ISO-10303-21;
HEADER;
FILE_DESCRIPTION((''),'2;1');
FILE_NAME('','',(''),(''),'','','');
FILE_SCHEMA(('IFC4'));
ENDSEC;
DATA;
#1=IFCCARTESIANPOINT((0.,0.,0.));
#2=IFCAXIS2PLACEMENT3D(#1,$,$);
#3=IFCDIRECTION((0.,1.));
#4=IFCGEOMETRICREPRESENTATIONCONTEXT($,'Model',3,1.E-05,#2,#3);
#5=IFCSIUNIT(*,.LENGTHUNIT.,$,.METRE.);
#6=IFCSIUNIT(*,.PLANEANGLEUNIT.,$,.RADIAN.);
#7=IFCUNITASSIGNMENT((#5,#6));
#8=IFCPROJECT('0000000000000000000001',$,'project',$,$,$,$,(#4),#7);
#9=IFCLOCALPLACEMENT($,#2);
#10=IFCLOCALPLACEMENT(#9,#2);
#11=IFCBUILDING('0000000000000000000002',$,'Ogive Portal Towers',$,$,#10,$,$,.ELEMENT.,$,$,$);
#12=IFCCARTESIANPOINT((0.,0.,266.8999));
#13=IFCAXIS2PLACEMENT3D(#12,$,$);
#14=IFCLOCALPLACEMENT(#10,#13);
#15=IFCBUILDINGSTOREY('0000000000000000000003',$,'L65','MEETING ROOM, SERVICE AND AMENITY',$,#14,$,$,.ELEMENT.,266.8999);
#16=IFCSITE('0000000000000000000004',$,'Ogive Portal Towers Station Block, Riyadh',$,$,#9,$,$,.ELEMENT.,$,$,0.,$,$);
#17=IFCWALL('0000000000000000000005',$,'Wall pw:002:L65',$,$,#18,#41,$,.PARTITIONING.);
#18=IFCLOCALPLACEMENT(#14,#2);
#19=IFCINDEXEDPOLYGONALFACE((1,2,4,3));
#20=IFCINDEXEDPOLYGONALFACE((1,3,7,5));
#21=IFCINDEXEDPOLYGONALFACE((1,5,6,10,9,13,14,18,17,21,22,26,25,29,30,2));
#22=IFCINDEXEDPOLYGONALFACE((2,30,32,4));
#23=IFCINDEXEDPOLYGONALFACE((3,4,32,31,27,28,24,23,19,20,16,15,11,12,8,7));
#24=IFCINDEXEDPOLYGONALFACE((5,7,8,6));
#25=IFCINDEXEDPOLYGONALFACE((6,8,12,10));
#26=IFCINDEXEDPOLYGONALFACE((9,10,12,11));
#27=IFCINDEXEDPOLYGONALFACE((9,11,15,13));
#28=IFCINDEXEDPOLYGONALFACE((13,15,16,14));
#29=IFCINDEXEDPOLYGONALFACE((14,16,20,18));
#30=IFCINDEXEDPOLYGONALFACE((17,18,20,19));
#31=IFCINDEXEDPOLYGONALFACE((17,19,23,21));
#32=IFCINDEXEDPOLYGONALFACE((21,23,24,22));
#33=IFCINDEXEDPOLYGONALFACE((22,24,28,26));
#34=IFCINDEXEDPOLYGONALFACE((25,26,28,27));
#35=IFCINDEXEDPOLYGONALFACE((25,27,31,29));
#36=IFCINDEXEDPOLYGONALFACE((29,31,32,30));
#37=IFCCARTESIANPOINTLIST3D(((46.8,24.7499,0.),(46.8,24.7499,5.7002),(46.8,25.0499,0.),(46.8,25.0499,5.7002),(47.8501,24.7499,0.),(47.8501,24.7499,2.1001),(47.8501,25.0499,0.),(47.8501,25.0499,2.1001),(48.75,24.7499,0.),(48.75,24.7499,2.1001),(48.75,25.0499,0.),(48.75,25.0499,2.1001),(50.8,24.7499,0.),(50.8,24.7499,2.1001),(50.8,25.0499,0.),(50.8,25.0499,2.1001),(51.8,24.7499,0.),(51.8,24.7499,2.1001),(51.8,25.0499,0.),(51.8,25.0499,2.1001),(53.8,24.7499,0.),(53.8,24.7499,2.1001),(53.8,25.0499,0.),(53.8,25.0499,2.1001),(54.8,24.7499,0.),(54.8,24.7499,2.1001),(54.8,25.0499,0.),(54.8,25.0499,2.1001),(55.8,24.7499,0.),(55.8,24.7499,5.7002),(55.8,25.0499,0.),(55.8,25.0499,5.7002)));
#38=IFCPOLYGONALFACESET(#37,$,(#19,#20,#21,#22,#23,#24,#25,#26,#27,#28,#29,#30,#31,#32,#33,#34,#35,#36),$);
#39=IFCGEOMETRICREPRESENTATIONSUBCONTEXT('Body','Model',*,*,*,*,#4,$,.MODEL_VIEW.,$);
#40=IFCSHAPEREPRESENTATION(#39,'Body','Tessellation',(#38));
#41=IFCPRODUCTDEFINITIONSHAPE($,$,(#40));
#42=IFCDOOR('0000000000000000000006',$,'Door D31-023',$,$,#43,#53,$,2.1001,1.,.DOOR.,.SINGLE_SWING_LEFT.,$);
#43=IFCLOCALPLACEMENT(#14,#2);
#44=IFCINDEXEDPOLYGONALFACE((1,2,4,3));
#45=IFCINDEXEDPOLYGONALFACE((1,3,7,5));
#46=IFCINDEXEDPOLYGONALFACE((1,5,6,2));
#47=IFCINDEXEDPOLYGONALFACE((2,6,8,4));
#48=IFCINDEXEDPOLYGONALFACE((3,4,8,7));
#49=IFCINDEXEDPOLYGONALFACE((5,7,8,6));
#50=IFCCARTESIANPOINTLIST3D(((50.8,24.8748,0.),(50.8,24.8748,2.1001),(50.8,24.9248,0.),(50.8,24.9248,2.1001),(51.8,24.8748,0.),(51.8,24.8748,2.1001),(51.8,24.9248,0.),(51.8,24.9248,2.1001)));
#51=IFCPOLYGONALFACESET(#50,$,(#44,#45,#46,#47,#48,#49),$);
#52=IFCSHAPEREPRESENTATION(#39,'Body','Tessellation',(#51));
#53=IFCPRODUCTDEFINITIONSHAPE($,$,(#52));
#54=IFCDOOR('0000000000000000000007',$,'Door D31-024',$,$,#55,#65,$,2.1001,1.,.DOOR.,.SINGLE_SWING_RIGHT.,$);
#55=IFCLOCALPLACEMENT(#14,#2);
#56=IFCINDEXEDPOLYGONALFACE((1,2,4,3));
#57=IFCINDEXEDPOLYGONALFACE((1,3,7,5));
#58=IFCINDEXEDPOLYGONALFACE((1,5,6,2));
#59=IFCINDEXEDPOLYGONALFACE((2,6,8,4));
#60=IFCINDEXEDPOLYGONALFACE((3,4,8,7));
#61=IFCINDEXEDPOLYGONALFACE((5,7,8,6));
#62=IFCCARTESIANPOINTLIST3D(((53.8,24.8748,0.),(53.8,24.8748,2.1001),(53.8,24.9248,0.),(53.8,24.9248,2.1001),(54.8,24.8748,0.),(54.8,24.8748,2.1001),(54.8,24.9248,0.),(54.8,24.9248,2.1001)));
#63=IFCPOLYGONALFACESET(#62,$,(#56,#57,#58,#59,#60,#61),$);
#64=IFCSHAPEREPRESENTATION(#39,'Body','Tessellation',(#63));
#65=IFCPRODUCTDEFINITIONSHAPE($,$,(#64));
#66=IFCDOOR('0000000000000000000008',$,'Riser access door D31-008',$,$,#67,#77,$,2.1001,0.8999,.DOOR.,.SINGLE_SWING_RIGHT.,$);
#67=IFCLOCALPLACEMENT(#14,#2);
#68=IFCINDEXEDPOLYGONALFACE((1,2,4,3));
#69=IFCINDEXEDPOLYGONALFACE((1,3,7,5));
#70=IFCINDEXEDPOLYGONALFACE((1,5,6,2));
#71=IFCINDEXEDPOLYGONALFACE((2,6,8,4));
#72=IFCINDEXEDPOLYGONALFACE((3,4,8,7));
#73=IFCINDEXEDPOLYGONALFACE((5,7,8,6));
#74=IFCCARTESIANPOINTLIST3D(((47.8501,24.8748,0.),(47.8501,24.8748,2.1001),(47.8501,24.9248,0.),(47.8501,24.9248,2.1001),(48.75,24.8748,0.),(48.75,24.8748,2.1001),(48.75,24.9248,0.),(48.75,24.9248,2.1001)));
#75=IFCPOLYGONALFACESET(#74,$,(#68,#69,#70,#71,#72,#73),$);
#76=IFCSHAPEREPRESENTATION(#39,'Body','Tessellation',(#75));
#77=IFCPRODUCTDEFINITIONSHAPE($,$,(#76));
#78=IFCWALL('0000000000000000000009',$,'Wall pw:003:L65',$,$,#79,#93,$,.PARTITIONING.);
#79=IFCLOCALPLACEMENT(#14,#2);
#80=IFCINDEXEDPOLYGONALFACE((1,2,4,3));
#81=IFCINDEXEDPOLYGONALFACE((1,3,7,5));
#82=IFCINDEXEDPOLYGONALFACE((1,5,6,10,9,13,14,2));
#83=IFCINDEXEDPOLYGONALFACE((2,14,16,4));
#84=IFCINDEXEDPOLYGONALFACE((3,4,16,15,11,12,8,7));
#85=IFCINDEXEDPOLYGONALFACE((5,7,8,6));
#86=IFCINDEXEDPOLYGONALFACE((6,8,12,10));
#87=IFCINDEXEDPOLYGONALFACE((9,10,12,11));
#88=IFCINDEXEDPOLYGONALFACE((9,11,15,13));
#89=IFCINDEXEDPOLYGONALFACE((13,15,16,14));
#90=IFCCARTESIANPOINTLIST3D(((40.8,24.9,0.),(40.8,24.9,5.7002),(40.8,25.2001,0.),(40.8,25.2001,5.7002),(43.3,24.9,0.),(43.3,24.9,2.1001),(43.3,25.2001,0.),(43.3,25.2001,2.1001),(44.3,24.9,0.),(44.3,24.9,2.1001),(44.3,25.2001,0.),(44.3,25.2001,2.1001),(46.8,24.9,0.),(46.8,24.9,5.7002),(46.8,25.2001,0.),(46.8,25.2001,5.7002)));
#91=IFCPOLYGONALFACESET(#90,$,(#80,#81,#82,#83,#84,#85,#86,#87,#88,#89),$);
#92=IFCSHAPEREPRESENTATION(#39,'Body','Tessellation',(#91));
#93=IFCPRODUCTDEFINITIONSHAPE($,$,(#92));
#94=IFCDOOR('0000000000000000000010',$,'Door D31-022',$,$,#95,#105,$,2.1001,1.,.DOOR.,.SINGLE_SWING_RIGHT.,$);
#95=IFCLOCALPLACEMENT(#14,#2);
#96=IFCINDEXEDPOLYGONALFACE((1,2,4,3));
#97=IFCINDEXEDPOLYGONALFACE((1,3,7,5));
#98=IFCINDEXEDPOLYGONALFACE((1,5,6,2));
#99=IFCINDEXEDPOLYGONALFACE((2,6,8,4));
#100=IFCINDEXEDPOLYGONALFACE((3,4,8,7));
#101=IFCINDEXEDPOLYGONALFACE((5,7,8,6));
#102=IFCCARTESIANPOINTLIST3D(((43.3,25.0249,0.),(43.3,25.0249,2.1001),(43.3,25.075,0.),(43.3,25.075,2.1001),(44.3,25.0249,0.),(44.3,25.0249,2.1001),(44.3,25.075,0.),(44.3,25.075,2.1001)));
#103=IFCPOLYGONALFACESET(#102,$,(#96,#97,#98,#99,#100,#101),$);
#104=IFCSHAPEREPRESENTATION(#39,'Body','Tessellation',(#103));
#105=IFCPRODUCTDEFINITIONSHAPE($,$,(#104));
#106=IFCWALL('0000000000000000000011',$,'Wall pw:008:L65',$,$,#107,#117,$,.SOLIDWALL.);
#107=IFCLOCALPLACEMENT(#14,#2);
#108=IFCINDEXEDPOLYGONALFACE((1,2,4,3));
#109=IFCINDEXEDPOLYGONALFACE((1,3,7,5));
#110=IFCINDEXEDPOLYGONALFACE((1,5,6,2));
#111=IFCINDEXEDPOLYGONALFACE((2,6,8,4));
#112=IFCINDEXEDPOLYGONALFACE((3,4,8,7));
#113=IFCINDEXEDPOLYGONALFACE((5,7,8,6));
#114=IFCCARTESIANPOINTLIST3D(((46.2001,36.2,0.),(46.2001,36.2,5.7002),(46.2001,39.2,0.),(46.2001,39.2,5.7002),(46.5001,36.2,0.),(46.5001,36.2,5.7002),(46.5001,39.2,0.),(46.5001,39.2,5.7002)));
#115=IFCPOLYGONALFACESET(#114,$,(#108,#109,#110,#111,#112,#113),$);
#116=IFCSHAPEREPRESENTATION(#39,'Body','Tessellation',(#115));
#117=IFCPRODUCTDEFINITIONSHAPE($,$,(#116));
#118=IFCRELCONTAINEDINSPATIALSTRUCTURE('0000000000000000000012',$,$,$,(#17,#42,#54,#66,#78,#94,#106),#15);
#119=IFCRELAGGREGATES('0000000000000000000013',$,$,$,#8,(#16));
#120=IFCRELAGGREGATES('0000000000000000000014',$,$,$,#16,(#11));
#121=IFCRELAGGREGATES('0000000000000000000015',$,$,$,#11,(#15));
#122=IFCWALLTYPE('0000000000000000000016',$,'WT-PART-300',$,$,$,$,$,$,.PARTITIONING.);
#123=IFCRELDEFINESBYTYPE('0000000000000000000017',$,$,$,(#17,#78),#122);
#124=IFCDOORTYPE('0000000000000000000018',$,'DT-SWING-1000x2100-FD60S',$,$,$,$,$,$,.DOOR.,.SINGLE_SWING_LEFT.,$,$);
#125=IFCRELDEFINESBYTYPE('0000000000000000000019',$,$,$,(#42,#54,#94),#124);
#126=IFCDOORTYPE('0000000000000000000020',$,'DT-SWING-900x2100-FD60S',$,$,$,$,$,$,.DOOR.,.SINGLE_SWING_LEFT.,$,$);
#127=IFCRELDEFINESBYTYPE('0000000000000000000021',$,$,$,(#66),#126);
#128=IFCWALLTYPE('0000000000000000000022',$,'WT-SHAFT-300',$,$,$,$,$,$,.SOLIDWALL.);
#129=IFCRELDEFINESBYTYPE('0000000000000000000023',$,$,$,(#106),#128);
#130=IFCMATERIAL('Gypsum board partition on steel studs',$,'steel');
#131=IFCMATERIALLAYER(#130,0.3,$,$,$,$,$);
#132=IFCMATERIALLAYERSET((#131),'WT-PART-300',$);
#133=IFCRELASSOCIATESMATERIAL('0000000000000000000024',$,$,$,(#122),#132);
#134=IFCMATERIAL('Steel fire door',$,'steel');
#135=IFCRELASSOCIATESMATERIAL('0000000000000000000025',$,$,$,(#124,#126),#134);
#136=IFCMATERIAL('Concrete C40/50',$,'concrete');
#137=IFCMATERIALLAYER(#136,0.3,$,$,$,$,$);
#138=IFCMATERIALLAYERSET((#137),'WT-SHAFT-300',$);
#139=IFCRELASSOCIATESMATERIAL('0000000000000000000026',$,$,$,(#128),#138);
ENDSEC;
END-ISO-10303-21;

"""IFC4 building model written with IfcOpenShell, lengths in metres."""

from ifc_helpers import new_model, si_unit, direction, frame, frame_2d, origin, place, context, subcontext, project, spatial, rectangle, extrude, material, layer, layer_set, type_object, element, fill, save


model = new_model("IFC4")

# Units and contexts
model_context = context("Model", 3, precision=1e-05, world=origin(), true_north=direction((0.0, 1.0)))
body_context = subcontext(model_context, "Body", "Model", "MODEL_VIEW")
ifc_project = project(units=[si_unit("LENGTHUNIT", "METRE"), si_unit("PLANEANGLEUNIT", "RADIAN")], contexts=[model_context])

# Site, building, storey
site_placement = place(None, origin())
site = spatial("IfcSite", under=ifc_project, at=site_placement, Name="Ogive Portal Towers Station Block, Riyadh", CompositionType="ELEMENT", RefElevation=0.0)
building_placement = place(site_placement, origin())
building = spatial("IfcBuilding", under=site, at=building_placement, Name="Ogive Portal Towers", CompositionType="ELEMENT")
storey_placement = place(building_placement, frame((0.0, 0.0, 266.8999)))
storey = spatial("IfcBuildingStorey", under=building, at=storey_placement, Name="L65", Description="MEETING ROOM, SERVICE AND AMENITY", CompositionType="ELEMENT", Elevation=266.8999)

# Shared definitions
ifc_material_1 = material(Name="Steel fire door", Category="steel")

# Wall, openings, doors
ifc_material_2 = material(Name="Gypsum board partition on steel studs", Category="steel")
ifc_layer_1 = layer(ifc_material_2, 0.3)
ifc_layer_set_1 = layer_set([ifc_layer_1], Name="WT-PART-300")
wall_type_1 = type_object("IfcWallType", Name="WT-PART-300", PredefinedType="PARTITIONING", material=ifc_layer_set_1)
wall_1_placement = place(storey_placement, frame((46.8, 24.8999, 0.0), z_axis=(0.0, 0.0, 1.0), x_axis=(1.0, 0.0, 0.0)))
wall_1 = element("IfcWall", 1, at=wall_1_placement, inside=storey, type_object=wall_type_1, Name="Wall pw:002:L65", PredefinedType="PARTITIONING", context=body_context, shape_type="SweptSolid", body=[
    extrude(rectangle(XDim=9.0, YDim=0.3, at=frame_2d((4.5, 0.0))), origin(), (0.0, 0.0, 1.0), 5.7002),
])
opening_1_placement = place(wall_1_placement, frame((1.05, 0.0, 0.0)))
opening_1 = element("IfcOpeningElement", 2, at=opening_1_placement, cuts=wall_1, PredefinedType="OPENING", context=body_context, shape_type="SweptSolid", body=[
    extrude(rectangle(XDim=0.8999, YDim=2.1001, at=frame_2d((0.45, 1.05))), frame((0.0, 0.1602, 0.0), z_axis=(0.0, -1.0, 0.0), x_axis=(1.0, 0.0, 0.0)), (0.0, 0.0, 1.0), 0.3201),
])
opening_2_placement = place(wall_1_placement, frame((4.0, 0.0, 0.0)))
opening_2 = element("IfcOpeningElement", 3, at=opening_2_placement, cuts=wall_1, PredefinedType="OPENING", context=body_context, shape_type="SweptSolid", body=[
    extrude(rectangle(XDim=1.0, YDim=2.1001, at=frame_2d((0.5, 1.05))), frame((0.0, 0.1602, 0.0), z_axis=(0.0, -1.0, 0.0), x_axis=(1.0, 0.0, 0.0)), (0.0, 0.0, 1.0), 0.3201),
])
opening_3_placement = place(wall_1_placement, frame((7.0, 0.0, 0.0)))
opening_3 = element("IfcOpeningElement", 4, at=opening_3_placement, cuts=wall_1, PredefinedType="OPENING", context=body_context, shape_type="SweptSolid", body=[
    extrude(rectangle(XDim=1.0, YDim=2.1001, at=frame_2d((0.5, 1.05))), frame((0.0, 0.1602, 0.0), z_axis=(0.0, -1.0, 0.0), x_axis=(1.0, 0.0, 0.0)), (0.0, 0.0, 1.0), 0.3201),
])
door_type_1 = type_object("IfcDoorType", Name="DT-SWING-1000x2100-FD60S", OperationType="SINGLE_SWING_LEFT", PredefinedType="DOOR", material=ifc_material_1)
door_1_placement = place(opening_2_placement, origin())
door_1 = element("IfcDoor", 5, at=door_1_placement, inside=storey, type_object=door_type_1, Name="Door D31-023", OperationType="SINGLE_SWING_LEFT", OverallHeight=2.1001, OverallWidth=1.0, PredefinedType="DOOR", context=body_context, shape_type="SweptSolid", body=[
    extrude(rectangle(XDim=1.0, YDim=2.1001, at=frame_2d((0.5, 1.05))), frame((0.0, 0.0249, 0.0), z_axis=(0.0, -1.0, 0.0), x_axis=(1.0, 0.0, 0.0)), (0.0, 0.0, 1.0), 0.05),
])
fill(opening_2, door_1)
door_2_placement = place(opening_3_placement, origin())
door_2 = element("IfcDoor", 6, at=door_2_placement, inside=storey, type_object=door_type_1, Name="Door D31-024", OperationType="SINGLE_SWING_RIGHT", OverallHeight=2.1001, OverallWidth=1.0, PredefinedType="DOOR", context=body_context, shape_type="SweptSolid", body=[
    extrude(rectangle(XDim=1.0, YDim=2.1001, at=frame_2d((0.5, 1.05))), frame((0.0, 0.0249, 0.0), z_axis=(0.0, -1.0, 0.0), x_axis=(1.0, 0.0, 0.0)), (0.0, 0.0, 1.0), 0.05),
])
fill(opening_3, door_2)
door_type_2 = type_object("IfcDoorType", Name="DT-SWING-900x2100-FD60S", OperationType="SINGLE_SWING_LEFT", PredefinedType="DOOR", material=ifc_material_1)
door_3_placement = place(opening_1_placement, origin())
door_3 = element("IfcDoor", 7, at=door_3_placement, inside=storey, type_object=door_type_2, Name="Riser access door D31-008", OperationType="SINGLE_SWING_RIGHT", OverallHeight=2.1001, OverallWidth=0.8999, PredefinedType="DOOR", context=body_context, shape_type="SweptSolid", body=[
    extrude(rectangle(XDim=0.8999, YDim=2.1001, at=frame_2d((0.45, 1.05))), frame((0.0, 0.0249, 0.0), z_axis=(0.0, -1.0, 0.0), x_axis=(1.0, 0.0, 0.0)), (0.0, 0.0, 1.0), 0.05),
])
fill(opening_1, door_3)

# Wall, opening, door
wall_2_placement = place(storey_placement, frame((40.8, 25.05, 0.0), z_axis=(0.0, 0.0, 1.0), x_axis=(1.0, 0.0, 0.0)))
wall_2 = element("IfcWall", 8, at=wall_2_placement, inside=storey, type_object=wall_type_1, Name="Wall pw:003:L65", PredefinedType="PARTITIONING", context=body_context, shape_type="SweptSolid", body=[
    extrude(rectangle(XDim=6.0, YDim=0.3, at=frame_2d((3.0, 0.0))), origin(), (0.0, 0.0, 1.0), 5.7002),
])
opening_4_placement = place(wall_2_placement, frame((2.5, 0.0, 0.0)))
opening_4 = element("IfcOpeningElement", 9, at=opening_4_placement, cuts=wall_2, PredefinedType="OPENING", context=body_context, shape_type="SweptSolid", body=[
    extrude(rectangle(XDim=1.0, YDim=2.1001, at=frame_2d((0.5, 1.05))), frame((0.0, 0.1602, 0.0), z_axis=(0.0, -1.0, 0.0), x_axis=(1.0, 0.0, 0.0)), (0.0, 0.0, 1.0), 0.3201),
])
door_4_placement = place(opening_4_placement, origin())
door_4 = element("IfcDoor", 10, at=door_4_placement, inside=storey, type_object=door_type_1, Name="Door D31-022", OperationType="SINGLE_SWING_RIGHT", OverallHeight=2.1001, OverallWidth=1.0, PredefinedType="DOOR", context=body_context, shape_type="SweptSolid", body=[
    extrude(rectangle(XDim=1.0, YDim=2.1001, at=frame_2d((0.5, 1.05))), frame((0.0, 0.0249, 0.0), z_axis=(0.0, -1.0, 0.0), x_axis=(1.0, 0.0, 0.0)), (0.0, 0.0, 1.0), 0.05),
])
fill(opening_4, door_4)

# Wall
ifc_material_3 = material(Name="Concrete C40/50", Category="concrete")
ifc_layer_2 = layer(ifc_material_3, 0.3)
ifc_layer_set_2 = layer_set([ifc_layer_2], Name="WT-SHAFT-300")
wall_type_2 = type_object("IfcWallType", Name="WT-SHAFT-300", PredefinedType="SOLIDWALL", material=ifc_layer_set_2)
wall_3_placement = place(storey_placement, frame((46.3501, 36.2, 0.0), z_axis=(0.0, 0.0, 1.0), x_axis=(0.0, 1.0, 0.0)))
element("IfcWall", 11, at=wall_3_placement, inside=storey, type_object=wall_type_2, Name="Wall pw:008:L65", PredefinedType="SOLIDWALL", context=body_context, shape_type="SweptSolid", body=[
    extrude(rectangle(XDim=3.0, YDim=0.3, at=frame_2d((1.5, 0.0))), origin(), (0.0, 0.0, 1.0), 5.7002),
])

save(model, "model.ifc")
